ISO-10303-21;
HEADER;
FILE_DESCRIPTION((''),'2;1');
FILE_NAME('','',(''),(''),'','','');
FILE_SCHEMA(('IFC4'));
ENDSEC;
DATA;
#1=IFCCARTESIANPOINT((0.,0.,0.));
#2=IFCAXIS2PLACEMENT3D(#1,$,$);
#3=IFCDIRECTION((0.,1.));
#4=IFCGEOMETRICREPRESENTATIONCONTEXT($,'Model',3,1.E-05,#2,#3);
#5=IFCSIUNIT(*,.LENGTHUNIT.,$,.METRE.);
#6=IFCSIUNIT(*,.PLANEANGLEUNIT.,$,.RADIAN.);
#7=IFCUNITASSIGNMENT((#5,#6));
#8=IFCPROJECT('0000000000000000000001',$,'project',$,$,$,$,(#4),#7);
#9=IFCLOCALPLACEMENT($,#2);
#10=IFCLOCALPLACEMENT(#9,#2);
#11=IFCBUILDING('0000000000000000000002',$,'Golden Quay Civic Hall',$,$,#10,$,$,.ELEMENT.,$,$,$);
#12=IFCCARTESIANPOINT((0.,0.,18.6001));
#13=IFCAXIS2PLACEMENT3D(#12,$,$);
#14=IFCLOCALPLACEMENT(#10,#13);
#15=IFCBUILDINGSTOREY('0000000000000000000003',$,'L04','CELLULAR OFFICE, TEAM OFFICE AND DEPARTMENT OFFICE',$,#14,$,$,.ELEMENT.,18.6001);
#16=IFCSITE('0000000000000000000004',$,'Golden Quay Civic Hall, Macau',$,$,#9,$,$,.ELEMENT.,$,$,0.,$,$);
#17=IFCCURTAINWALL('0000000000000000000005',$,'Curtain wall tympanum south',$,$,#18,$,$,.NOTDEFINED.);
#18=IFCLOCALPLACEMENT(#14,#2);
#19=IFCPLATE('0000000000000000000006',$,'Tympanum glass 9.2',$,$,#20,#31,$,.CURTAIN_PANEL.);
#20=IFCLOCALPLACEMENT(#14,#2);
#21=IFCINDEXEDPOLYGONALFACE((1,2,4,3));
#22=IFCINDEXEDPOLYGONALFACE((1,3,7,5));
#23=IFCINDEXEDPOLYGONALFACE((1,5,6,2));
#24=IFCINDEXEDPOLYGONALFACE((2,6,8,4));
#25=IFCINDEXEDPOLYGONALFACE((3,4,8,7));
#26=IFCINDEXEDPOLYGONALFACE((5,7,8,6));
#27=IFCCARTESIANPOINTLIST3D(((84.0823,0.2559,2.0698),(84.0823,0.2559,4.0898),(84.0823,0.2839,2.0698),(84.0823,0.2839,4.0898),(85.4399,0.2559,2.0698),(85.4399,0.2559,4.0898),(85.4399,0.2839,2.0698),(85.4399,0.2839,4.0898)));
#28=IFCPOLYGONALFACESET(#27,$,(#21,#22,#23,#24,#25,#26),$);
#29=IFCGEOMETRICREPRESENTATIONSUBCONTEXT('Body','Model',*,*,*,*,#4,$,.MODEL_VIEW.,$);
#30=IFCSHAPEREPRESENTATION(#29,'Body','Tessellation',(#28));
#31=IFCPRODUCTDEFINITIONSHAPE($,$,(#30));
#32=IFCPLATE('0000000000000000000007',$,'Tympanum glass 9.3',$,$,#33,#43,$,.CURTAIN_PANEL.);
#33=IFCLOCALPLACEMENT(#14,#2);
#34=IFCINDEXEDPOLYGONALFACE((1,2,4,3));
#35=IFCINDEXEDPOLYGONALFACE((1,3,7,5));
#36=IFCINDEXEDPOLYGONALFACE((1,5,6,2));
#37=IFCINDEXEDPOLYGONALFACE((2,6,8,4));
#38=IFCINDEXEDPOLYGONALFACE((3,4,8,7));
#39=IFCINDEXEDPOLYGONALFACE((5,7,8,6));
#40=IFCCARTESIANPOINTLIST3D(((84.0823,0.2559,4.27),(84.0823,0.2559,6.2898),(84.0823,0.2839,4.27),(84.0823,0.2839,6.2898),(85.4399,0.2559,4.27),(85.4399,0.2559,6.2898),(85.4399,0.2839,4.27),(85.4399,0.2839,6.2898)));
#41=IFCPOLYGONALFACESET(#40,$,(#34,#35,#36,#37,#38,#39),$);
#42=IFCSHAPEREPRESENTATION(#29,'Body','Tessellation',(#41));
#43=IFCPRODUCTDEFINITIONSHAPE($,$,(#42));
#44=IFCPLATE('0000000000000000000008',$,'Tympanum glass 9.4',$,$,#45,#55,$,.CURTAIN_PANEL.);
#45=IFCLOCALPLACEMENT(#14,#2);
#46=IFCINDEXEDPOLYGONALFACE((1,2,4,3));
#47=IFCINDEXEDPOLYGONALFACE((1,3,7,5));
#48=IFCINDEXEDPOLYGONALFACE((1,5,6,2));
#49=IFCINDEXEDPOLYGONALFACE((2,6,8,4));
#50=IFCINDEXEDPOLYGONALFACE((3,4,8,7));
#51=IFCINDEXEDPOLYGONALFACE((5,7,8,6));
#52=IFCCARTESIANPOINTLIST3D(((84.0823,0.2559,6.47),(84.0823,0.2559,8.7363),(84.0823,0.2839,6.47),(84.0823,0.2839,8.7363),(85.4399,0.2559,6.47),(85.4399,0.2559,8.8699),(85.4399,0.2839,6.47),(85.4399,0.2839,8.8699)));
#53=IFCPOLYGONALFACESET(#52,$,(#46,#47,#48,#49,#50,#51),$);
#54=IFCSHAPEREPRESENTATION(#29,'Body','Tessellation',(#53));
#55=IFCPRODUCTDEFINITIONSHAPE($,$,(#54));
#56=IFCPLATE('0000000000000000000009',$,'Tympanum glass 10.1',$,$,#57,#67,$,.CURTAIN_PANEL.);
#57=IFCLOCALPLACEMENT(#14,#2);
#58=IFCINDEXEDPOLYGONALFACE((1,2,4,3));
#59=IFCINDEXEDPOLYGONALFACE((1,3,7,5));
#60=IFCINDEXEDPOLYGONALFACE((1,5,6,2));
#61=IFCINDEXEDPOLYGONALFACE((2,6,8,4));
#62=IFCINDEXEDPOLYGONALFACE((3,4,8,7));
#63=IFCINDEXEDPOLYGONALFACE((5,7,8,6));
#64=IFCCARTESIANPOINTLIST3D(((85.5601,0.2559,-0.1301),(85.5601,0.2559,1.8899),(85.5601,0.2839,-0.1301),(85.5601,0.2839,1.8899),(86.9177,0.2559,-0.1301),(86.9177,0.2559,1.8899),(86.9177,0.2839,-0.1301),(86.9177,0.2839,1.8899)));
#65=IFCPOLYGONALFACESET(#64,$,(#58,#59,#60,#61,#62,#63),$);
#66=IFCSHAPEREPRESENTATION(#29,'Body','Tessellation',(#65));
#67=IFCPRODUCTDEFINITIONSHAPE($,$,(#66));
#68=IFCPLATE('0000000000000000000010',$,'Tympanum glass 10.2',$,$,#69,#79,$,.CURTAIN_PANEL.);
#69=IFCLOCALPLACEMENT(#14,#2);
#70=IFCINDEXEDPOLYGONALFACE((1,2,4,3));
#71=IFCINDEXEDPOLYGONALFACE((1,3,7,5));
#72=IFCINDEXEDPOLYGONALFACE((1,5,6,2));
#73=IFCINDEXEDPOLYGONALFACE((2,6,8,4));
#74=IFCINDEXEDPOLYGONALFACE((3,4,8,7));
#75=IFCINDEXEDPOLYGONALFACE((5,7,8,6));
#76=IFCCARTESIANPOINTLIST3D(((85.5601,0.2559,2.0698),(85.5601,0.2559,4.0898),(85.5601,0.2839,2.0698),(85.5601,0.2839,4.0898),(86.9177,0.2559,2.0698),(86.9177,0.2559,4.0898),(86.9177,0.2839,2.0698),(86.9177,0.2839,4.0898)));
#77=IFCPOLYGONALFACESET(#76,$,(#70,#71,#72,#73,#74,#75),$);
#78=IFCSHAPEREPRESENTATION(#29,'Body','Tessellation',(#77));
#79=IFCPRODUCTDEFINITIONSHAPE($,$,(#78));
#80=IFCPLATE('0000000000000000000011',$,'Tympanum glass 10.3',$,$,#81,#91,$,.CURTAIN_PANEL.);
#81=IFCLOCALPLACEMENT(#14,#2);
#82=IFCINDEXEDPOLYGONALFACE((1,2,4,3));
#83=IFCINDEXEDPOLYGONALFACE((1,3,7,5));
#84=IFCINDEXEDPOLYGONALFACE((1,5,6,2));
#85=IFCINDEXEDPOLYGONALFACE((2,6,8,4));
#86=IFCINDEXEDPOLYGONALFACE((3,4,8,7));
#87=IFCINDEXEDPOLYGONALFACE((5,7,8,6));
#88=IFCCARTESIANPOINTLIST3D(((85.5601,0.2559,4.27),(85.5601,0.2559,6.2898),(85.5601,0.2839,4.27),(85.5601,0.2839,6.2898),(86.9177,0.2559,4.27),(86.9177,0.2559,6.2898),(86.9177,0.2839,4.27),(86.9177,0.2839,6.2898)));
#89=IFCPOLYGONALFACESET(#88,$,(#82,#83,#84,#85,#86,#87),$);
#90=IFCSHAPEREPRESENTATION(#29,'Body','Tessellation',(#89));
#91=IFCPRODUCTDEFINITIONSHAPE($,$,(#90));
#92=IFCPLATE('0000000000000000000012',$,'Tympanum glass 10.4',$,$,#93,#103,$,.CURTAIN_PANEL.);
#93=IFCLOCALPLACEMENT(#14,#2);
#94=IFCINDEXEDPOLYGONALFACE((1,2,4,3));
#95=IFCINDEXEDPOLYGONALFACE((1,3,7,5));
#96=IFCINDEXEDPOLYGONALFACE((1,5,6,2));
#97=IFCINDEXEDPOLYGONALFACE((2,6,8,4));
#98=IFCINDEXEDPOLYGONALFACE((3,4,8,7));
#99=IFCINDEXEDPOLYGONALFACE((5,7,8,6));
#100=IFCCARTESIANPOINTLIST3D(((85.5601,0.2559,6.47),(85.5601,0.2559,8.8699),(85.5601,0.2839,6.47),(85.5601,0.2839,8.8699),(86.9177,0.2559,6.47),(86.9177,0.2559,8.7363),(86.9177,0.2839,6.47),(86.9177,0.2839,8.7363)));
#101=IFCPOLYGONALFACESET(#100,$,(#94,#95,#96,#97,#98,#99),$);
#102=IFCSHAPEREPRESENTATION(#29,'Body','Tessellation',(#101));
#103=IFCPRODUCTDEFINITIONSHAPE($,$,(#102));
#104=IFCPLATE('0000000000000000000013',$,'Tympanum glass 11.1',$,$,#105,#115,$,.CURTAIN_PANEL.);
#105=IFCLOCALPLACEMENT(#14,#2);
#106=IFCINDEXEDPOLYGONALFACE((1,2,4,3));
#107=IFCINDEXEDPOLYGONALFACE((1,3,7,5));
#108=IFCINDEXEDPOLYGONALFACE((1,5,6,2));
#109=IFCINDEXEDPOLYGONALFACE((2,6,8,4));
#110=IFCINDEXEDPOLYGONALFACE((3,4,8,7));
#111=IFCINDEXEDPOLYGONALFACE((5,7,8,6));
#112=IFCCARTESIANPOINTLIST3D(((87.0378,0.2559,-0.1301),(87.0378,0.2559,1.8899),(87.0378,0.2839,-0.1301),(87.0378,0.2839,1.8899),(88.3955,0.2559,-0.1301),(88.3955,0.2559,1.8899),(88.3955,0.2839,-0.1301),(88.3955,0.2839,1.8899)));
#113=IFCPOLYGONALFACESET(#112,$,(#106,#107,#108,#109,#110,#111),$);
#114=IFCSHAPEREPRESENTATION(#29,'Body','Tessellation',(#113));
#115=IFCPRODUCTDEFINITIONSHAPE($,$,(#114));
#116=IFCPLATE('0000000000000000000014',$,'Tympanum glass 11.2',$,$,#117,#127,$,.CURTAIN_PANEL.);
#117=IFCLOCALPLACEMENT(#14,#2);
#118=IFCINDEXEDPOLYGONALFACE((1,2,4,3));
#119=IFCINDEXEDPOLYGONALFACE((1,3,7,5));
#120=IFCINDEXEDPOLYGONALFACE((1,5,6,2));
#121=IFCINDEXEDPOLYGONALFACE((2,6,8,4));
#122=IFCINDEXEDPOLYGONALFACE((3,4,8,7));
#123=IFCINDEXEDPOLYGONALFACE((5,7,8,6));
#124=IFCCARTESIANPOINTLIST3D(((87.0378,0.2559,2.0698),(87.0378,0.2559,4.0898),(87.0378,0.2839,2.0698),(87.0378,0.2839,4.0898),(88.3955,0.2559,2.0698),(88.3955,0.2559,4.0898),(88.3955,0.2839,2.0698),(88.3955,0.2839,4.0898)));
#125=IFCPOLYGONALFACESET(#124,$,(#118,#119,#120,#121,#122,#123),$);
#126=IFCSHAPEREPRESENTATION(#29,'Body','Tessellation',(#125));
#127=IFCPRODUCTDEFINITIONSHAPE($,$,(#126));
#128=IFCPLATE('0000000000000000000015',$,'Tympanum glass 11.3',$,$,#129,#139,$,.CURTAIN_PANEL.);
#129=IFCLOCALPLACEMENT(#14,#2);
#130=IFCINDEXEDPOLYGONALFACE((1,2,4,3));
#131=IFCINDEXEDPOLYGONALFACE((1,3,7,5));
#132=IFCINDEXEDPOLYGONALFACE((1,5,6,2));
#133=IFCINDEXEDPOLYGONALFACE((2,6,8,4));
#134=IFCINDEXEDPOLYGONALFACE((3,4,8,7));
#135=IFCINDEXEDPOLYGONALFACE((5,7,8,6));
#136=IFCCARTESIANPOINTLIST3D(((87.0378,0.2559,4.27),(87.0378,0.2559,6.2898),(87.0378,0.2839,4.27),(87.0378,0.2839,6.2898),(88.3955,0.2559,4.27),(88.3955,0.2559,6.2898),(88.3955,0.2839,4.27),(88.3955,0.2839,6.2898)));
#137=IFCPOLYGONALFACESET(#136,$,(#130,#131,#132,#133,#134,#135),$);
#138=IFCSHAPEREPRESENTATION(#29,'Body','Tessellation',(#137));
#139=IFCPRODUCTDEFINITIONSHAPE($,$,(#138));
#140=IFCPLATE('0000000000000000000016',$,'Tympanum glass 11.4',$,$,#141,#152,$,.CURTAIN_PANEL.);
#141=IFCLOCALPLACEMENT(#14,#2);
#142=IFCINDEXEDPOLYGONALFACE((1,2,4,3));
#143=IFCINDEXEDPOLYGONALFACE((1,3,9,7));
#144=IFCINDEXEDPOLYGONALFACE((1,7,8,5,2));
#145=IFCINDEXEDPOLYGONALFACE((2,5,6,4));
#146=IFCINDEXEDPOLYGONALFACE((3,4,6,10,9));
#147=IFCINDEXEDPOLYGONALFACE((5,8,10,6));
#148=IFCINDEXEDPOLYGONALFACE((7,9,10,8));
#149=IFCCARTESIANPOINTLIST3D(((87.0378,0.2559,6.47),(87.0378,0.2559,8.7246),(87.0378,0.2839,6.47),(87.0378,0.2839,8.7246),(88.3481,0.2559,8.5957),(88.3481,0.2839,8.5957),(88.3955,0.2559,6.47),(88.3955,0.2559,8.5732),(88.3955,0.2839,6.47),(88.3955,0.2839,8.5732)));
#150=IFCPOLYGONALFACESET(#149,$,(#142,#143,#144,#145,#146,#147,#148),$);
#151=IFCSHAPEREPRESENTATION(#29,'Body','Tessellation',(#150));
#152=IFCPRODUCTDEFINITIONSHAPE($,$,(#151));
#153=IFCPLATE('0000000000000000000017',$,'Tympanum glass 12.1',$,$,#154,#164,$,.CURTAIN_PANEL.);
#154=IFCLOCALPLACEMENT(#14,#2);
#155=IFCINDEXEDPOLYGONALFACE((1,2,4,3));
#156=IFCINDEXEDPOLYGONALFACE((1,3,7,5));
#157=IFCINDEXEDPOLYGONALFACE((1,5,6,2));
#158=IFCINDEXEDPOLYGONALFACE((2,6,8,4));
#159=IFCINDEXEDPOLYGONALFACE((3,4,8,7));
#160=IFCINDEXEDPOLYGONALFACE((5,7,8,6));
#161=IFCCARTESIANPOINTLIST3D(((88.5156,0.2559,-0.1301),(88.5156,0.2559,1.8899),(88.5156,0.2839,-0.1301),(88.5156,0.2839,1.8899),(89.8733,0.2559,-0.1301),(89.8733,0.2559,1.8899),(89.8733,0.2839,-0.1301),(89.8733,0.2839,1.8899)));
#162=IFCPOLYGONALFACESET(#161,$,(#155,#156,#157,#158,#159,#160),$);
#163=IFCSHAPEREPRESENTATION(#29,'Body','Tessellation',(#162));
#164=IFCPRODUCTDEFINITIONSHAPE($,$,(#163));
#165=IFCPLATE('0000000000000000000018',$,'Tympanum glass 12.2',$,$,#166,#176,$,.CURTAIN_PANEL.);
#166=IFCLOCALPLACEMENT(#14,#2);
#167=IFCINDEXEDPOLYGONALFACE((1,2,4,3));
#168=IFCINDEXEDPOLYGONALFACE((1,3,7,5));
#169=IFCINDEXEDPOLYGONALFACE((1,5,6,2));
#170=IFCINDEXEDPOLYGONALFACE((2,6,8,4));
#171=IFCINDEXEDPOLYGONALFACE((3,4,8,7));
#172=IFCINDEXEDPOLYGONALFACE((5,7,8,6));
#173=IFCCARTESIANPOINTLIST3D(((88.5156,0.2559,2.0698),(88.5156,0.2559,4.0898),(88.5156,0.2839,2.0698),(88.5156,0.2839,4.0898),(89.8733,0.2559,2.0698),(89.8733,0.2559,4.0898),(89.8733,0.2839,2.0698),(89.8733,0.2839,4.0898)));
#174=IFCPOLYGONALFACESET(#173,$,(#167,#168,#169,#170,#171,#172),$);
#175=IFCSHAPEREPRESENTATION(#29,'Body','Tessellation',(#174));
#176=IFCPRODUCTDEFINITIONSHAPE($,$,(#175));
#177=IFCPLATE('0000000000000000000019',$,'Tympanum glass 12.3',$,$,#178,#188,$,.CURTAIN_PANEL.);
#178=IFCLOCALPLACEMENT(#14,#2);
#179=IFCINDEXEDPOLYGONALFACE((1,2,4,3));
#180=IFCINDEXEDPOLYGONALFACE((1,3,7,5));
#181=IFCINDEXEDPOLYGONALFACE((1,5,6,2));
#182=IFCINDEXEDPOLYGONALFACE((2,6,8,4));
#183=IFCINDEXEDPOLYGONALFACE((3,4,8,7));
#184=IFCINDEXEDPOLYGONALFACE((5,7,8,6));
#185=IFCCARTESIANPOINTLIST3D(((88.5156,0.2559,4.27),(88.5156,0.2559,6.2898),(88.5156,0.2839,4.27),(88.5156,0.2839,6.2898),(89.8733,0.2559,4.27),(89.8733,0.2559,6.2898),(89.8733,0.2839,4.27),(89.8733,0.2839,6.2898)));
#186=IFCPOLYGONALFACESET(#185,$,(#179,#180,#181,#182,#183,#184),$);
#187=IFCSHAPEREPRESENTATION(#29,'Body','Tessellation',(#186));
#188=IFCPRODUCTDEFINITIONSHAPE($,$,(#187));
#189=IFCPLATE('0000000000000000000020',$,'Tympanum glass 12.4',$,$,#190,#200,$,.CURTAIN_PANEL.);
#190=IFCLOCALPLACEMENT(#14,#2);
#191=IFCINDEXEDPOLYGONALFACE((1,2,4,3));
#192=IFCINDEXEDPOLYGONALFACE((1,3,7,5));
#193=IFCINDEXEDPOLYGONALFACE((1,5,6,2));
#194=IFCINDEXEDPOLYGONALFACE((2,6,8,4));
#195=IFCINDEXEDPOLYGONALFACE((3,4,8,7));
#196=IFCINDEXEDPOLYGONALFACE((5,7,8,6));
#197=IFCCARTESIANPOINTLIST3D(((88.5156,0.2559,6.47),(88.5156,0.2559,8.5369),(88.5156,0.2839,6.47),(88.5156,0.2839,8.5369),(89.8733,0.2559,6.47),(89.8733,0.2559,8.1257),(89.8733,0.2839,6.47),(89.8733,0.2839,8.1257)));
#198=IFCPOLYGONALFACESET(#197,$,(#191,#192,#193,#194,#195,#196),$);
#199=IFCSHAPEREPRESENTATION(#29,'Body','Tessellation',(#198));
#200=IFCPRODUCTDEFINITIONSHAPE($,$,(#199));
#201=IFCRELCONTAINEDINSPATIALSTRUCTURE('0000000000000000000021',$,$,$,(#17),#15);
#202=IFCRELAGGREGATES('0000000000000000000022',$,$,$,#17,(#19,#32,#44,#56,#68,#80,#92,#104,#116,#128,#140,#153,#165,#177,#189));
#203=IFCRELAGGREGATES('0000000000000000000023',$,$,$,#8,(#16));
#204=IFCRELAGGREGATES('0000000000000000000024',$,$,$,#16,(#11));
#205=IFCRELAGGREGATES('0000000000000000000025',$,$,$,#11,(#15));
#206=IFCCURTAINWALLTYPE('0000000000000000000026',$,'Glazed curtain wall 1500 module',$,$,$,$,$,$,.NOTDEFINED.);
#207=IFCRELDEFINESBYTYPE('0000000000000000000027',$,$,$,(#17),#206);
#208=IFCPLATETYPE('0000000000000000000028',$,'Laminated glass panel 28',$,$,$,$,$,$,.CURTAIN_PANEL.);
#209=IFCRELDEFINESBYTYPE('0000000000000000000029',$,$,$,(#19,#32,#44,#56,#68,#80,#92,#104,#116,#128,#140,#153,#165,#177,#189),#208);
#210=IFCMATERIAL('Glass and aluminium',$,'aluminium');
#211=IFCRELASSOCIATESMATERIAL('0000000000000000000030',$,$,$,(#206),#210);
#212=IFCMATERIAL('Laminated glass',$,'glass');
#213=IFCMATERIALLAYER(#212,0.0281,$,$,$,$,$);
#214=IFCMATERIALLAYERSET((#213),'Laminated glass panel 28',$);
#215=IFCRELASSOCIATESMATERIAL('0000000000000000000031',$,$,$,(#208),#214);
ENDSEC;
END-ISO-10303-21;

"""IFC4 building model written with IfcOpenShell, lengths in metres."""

from ifc_helpers import new_model, si_unit, direction, frame, origin, place, context, subcontext, project, spatial, polyline, outline, extrude, material, layer, layer_set, type_object, element, aggregate, save


model = new_model("IFC4")

# Units and contexts
model_context = context("Model", 3, precision=1e-05, world=origin(), true_north=direction((0.0, 1.0)))
body_context = subcontext(model_context, "Body", "Model", "MODEL_VIEW")
ifc_project = project(units=[si_unit("LENGTHUNIT", "METRE"), si_unit("PLANEANGLEUNIT", "RADIAN")], contexts=[model_context])

# Site, building, storey
site_placement = place(None, origin())
site = spatial("IfcSite", under=ifc_project, at=site_placement, Name="Golden Quay Civic Hall, Macau", CompositionType="ELEMENT", RefElevation=0.0)
building_placement = place(site_placement, origin())
building = spatial("IfcBuilding", under=site, at=building_placement, Name="Golden Quay Civic Hall", CompositionType="ELEMENT")
storey_placement = place(building_placement, frame((0.0, 0.0, 18.6001)))
storey = spatial("IfcBuildingStorey", under=building, at=storey_placement, Name="L04", Description="CELLULAR OFFICE, TEAM OFFICE AND DEPARTMENT OFFICE", CompositionType="ELEMENT", Elevation=18.6001)

# Curtain wall, plates
ifc_material_1 = material(Name="Glass and aluminium", Category="aluminium")
curtain_wall_type = type_object("IfcCurtainWallType", Name="Glazed curtain wall 1500 module", PredefinedType="NOTDEFINED", material=ifc_material_1)
curtain_wall_placement = place(storey_placement, origin())
curtain_wall = element("IfcCurtainWall", 1, at=curtain_wall_placement, inside=storey, type_object=curtain_wall_type, Name="Curtain wall tympanum south", PredefinedType="NOTDEFINED")
ifc_material_2 = material(Name="Laminated glass", Category="glass")
ifc_layer = layer(ifc_material_2, 0.0281)
ifc_layer_set = layer_set([ifc_layer], Name="Laminated glass panel 28")
plate_type = type_object("IfcPlateType", Name="Laminated glass panel 28", PredefinedType="CURTAIN_PANEL", material=ifc_layer_set)
plate_1_placement = place(storey_placement, frame((85.4399, 0.2839, 2.0698), z_axis=(0.0, 1.0, 0.0), x_axis=(-1.0, 0.0, 0.0)))
plate_1 = element("IfcPlate", 2, at=plate_1_placement, type_object=plate_type, Name="Tympanum glass 9.2", PredefinedType="CURTAIN_PANEL", context=body_context, shape_type="SweptSolid", body=[
    extrude(outline(polyline([(0.0, 0.0), (1.3577, 0.0), (1.3577, 2.02), (0.0, 2.02), (0.0, 0.0)])), origin(), (0.0, 0.0, -1.0), 0.0281),
])
plate_2_placement = place(storey_placement, frame((85.4399, 0.2839, 4.27), z_axis=(0.0, 1.0, 0.0), x_axis=(-1.0, 0.0, 0.0)))
plate_2 = element("IfcPlate", 3, at=plate_2_placement, type_object=plate_type, Name="Tympanum glass 9.3", PredefinedType="CURTAIN_PANEL", context=body_context, shape_type="SweptSolid", body=[
    extrude(outline(polyline([(0.0, 0.0), (1.3577, 0.0), (1.3577, 2.0198), (0.0, 2.0198), (0.0, 0.0)])), origin(), (0.0, 0.0, -1.0), 0.0281),
])
plate_3_placement = place(storey_placement, frame((85.4399, 0.2839, 6.47), z_axis=(0.0, 1.0, 0.0), x_axis=(-1.0, 0.0, 0.0)))
plate_3 = element("IfcPlate", 4, at=plate_3_placement, type_object=plate_type, Name="Tympanum glass 9.4", PredefinedType="CURTAIN_PANEL", context=body_context, shape_type="SweptSolid", body=[
    extrude(outline(polyline([(0.0, 0.0), (1.3577, 0.0), (1.3577, 2.2664), (0.0, 2.3999), (0.0, 0.0)])), origin(), (0.0, 0.0, -1.0), 0.0281),
])
plate_4_placement = place(storey_placement, frame((86.9177, 0.2839, -0.1301), z_axis=(0.0, 1.0, 0.0), x_axis=(-1.0, 0.0, 0.0)))
plate_4 = element("IfcPlate", 5, at=plate_4_placement, type_object=plate_type, Name="Tympanum glass 10.1", PredefinedType="CURTAIN_PANEL", context=body_context, shape_type="SweptSolid", body=[
    extrude(outline(polyline([(0.0, 0.0), (1.3577, 0.0), (1.3577, 2.02), (0.0, 2.02), (0.0, 0.0)])), origin(), (0.0, 0.0, -1.0), 0.0281),
])
plate_5_placement = place(storey_placement, frame((86.9177, 0.2839, 2.0698), z_axis=(0.0, 1.0, 0.0), x_axis=(-1.0, 0.0, 0.0)))
plate_5 = element("IfcPlate", 6, at=plate_5_placement, type_object=plate_type, Name="Tympanum glass 10.2", PredefinedType="CURTAIN_PANEL", context=body_context, shape_type="SweptSolid", body=[
    extrude(outline(polyline([(0.0, 0.0), (1.3577, 0.0), (1.3577, 2.02), (0.0, 2.02), (0.0, 0.0)])), origin(), (0.0, 0.0, -1.0), 0.0281),
])
plate_6_placement = place(storey_placement, frame((86.9177, 0.2839, 4.27), z_axis=(0.0, 1.0, 0.0), x_axis=(-1.0, 0.0, 0.0)))
plate_6 = element("IfcPlate", 7, at=plate_6_placement, type_object=plate_type, Name="Tympanum glass 10.3", PredefinedType="CURTAIN_PANEL", context=body_context, shape_type="SweptSolid", body=[
    extrude(outline(polyline([(0.0, 0.0), (1.3577, 0.0), (1.3577, 2.0198), (0.0, 2.0198), (0.0, 0.0)])), origin(), (0.0, 0.0, -1.0), 0.0281),
])
plate_7_placement = place(storey_placement, frame((86.9177, 0.2839, 6.47), z_axis=(0.0, 1.0, 0.0), x_axis=(-1.0, 0.0, 0.0)))
plate_7 = element("IfcPlate", 8, at=plate_7_placement, type_object=plate_type, Name="Tympanum glass 10.4", PredefinedType="CURTAIN_PANEL", context=body_context, shape_type="SweptSolid", body=[
    extrude(outline(polyline([(0.0, 0.0), (1.3577, 0.0), (1.3577, 2.3999), (0.0, 2.2664), (0.0, 0.0)])), origin(), (0.0, 0.0, -1.0), 0.0281),
])
plate_8_placement = place(storey_placement, frame((88.3955, 0.2839, -0.1301), z_axis=(0.0, 1.0, 0.0), x_axis=(-1.0, 0.0, 0.0)))
plate_8 = element("IfcPlate", 9, at=plate_8_placement, type_object=plate_type, Name="Tympanum glass 11.1", PredefinedType="CURTAIN_PANEL", context=body_context, shape_type="SweptSolid", body=[
    extrude(outline(polyline([(0.0, 0.0), (1.3577, 0.0), (1.3577, 2.02), (0.0, 2.02), (0.0, 0.0)])), origin(), (0.0, 0.0, -1.0), 0.0281),
])
plate_9_placement = place(storey_placement, frame((88.3955, 0.2839, 2.0698), z_axis=(0.0, 1.0, 0.0), x_axis=(-1.0, 0.0, 0.0)))
plate_9 = element("IfcPlate", 10, at=plate_9_placement, type_object=plate_type, Name="Tympanum glass 11.2", PredefinedType="CURTAIN_PANEL", context=body_context, shape_type="SweptSolid", body=[
    extrude(outline(polyline([(0.0, 0.0), (1.3577, 0.0), (1.3577, 2.02), (0.0, 2.02), (0.0, 0.0)])), origin(), (0.0, 0.0, -1.0), 0.0281),
])
plate_10_placement = place(storey_placement, frame((88.3955, 0.2839, 4.27), z_axis=(0.0, 1.0, 0.0), x_axis=(-1.0, 0.0, 0.0)))
plate_10 = element("IfcPlate", 11, at=plate_10_placement, type_object=plate_type, Name="Tympanum glass 11.3", PredefinedType="CURTAIN_PANEL", context=body_context, shape_type="SweptSolid", body=[
    extrude(outline(polyline([(0.0, 0.0), (1.3577, 0.0), (1.3577, 2.0198), (0.0, 2.0198), (0.0, 0.0)])), origin(), (0.0, 0.0, -1.0), 0.0281),
])
plate_11_placement = place(storey_placement, frame((88.3955, 0.2839, 6.47), z_axis=(0.0, 1.0, 0.0), x_axis=(-1.0, 0.0, 0.0)))
plate_11 = element("IfcPlate", 12, at=plate_11_placement, type_object=plate_type, Name="Tympanum glass 11.4", PredefinedType="CURTAIN_PANEL", context=body_context, shape_type="SweptSolid", body=[
    extrude(outline(polyline([(0.0, 0.0), (1.3577, 0.0), (1.3577, 2.2546), (0.0474, 2.1257), (0.0, 2.1033), (0.0, 0.0)])), origin(), (0.0, 0.0, -1.0), 0.0281),
])
plate_12_placement = place(storey_placement, frame((89.8733, 0.2839, -0.1301), z_axis=(0.0, 1.0, 0.0), x_axis=(-1.0, 0.0, 0.0)))
plate_12 = element("IfcPlate", 13, at=plate_12_placement, type_object=plate_type, Name="Tympanum glass 12.1", PredefinedType="CURTAIN_PANEL", context=body_context, shape_type="SweptSolid", body=[
    extrude(outline(polyline([(0.0, 0.0), (1.3577, 0.0), (1.3577, 2.02), (0.0, 2.02), (0.0, 0.0)])), origin(), (0.0, 0.0, -1.0), 0.0281),
])
plate_13_placement = place(storey_placement, frame((89.8733, 0.2839, 2.0698), z_axis=(0.0, 1.0, 0.0), x_axis=(-1.0, 0.0, 0.0)))
plate_13 = element("IfcPlate", 14, at=plate_13_placement, type_object=plate_type, Name="Tympanum glass 12.2", PredefinedType="CURTAIN_PANEL", context=body_context, shape_type="SweptSolid", body=[
    extrude(outline(polyline([(0.0, 0.0), (1.3577, 0.0), (1.3577, 2.02), (0.0, 2.02), (0.0, 0.0)])), origin(), (0.0, 0.0, -1.0), 0.0281),
])
plate_14_placement = place(storey_placement, frame((89.8733, 0.2839, 4.27), z_axis=(0.0, 1.0, 0.0), x_axis=(-1.0, 0.0, 0.0)))
plate_14 = element("IfcPlate", 15, at=plate_14_placement, type_object=plate_type, Name="Tympanum glass 12.3", PredefinedType="CURTAIN_PANEL", context=body_context, shape_type="SweptSolid", body=[
    extrude(outline(polyline([(0.0, 0.0), (1.3577, 0.0), (1.3577, 2.0198), (0.0, 2.0198), (0.0, 0.0)])), origin(), (0.0, 0.0, -1.0), 0.0281),
])
plate_15_placement = place(storey_placement, frame((89.8733, 0.2839, 6.47), z_axis=(0.0, 1.0, 0.0), x_axis=(-1.0, 0.0, 0.0)))
plate_15 = element("IfcPlate", 16, at=plate_15_placement, type_object=plate_type, Name="Tympanum glass 12.4", PredefinedType="CURTAIN_PANEL", context=body_context, shape_type="SweptSolid", body=[
    extrude(outline(polyline([(0.0, 0.0), (1.3577, 0.0), (1.3577, 2.0669), (0.0, 1.6558), (0.0, 0.0)])), origin(), (0.0, 0.0, -1.0), 0.0281),
])
aggregate(curtain_wall, [plate_1, plate_2, plate_3, plate_4, plate_5, plate_6, plate_7, plate_8, plate_9, plate_10, plate_11, plate_12, plate_13, plate_14, plate_15])

save(model, "model.ifc")
